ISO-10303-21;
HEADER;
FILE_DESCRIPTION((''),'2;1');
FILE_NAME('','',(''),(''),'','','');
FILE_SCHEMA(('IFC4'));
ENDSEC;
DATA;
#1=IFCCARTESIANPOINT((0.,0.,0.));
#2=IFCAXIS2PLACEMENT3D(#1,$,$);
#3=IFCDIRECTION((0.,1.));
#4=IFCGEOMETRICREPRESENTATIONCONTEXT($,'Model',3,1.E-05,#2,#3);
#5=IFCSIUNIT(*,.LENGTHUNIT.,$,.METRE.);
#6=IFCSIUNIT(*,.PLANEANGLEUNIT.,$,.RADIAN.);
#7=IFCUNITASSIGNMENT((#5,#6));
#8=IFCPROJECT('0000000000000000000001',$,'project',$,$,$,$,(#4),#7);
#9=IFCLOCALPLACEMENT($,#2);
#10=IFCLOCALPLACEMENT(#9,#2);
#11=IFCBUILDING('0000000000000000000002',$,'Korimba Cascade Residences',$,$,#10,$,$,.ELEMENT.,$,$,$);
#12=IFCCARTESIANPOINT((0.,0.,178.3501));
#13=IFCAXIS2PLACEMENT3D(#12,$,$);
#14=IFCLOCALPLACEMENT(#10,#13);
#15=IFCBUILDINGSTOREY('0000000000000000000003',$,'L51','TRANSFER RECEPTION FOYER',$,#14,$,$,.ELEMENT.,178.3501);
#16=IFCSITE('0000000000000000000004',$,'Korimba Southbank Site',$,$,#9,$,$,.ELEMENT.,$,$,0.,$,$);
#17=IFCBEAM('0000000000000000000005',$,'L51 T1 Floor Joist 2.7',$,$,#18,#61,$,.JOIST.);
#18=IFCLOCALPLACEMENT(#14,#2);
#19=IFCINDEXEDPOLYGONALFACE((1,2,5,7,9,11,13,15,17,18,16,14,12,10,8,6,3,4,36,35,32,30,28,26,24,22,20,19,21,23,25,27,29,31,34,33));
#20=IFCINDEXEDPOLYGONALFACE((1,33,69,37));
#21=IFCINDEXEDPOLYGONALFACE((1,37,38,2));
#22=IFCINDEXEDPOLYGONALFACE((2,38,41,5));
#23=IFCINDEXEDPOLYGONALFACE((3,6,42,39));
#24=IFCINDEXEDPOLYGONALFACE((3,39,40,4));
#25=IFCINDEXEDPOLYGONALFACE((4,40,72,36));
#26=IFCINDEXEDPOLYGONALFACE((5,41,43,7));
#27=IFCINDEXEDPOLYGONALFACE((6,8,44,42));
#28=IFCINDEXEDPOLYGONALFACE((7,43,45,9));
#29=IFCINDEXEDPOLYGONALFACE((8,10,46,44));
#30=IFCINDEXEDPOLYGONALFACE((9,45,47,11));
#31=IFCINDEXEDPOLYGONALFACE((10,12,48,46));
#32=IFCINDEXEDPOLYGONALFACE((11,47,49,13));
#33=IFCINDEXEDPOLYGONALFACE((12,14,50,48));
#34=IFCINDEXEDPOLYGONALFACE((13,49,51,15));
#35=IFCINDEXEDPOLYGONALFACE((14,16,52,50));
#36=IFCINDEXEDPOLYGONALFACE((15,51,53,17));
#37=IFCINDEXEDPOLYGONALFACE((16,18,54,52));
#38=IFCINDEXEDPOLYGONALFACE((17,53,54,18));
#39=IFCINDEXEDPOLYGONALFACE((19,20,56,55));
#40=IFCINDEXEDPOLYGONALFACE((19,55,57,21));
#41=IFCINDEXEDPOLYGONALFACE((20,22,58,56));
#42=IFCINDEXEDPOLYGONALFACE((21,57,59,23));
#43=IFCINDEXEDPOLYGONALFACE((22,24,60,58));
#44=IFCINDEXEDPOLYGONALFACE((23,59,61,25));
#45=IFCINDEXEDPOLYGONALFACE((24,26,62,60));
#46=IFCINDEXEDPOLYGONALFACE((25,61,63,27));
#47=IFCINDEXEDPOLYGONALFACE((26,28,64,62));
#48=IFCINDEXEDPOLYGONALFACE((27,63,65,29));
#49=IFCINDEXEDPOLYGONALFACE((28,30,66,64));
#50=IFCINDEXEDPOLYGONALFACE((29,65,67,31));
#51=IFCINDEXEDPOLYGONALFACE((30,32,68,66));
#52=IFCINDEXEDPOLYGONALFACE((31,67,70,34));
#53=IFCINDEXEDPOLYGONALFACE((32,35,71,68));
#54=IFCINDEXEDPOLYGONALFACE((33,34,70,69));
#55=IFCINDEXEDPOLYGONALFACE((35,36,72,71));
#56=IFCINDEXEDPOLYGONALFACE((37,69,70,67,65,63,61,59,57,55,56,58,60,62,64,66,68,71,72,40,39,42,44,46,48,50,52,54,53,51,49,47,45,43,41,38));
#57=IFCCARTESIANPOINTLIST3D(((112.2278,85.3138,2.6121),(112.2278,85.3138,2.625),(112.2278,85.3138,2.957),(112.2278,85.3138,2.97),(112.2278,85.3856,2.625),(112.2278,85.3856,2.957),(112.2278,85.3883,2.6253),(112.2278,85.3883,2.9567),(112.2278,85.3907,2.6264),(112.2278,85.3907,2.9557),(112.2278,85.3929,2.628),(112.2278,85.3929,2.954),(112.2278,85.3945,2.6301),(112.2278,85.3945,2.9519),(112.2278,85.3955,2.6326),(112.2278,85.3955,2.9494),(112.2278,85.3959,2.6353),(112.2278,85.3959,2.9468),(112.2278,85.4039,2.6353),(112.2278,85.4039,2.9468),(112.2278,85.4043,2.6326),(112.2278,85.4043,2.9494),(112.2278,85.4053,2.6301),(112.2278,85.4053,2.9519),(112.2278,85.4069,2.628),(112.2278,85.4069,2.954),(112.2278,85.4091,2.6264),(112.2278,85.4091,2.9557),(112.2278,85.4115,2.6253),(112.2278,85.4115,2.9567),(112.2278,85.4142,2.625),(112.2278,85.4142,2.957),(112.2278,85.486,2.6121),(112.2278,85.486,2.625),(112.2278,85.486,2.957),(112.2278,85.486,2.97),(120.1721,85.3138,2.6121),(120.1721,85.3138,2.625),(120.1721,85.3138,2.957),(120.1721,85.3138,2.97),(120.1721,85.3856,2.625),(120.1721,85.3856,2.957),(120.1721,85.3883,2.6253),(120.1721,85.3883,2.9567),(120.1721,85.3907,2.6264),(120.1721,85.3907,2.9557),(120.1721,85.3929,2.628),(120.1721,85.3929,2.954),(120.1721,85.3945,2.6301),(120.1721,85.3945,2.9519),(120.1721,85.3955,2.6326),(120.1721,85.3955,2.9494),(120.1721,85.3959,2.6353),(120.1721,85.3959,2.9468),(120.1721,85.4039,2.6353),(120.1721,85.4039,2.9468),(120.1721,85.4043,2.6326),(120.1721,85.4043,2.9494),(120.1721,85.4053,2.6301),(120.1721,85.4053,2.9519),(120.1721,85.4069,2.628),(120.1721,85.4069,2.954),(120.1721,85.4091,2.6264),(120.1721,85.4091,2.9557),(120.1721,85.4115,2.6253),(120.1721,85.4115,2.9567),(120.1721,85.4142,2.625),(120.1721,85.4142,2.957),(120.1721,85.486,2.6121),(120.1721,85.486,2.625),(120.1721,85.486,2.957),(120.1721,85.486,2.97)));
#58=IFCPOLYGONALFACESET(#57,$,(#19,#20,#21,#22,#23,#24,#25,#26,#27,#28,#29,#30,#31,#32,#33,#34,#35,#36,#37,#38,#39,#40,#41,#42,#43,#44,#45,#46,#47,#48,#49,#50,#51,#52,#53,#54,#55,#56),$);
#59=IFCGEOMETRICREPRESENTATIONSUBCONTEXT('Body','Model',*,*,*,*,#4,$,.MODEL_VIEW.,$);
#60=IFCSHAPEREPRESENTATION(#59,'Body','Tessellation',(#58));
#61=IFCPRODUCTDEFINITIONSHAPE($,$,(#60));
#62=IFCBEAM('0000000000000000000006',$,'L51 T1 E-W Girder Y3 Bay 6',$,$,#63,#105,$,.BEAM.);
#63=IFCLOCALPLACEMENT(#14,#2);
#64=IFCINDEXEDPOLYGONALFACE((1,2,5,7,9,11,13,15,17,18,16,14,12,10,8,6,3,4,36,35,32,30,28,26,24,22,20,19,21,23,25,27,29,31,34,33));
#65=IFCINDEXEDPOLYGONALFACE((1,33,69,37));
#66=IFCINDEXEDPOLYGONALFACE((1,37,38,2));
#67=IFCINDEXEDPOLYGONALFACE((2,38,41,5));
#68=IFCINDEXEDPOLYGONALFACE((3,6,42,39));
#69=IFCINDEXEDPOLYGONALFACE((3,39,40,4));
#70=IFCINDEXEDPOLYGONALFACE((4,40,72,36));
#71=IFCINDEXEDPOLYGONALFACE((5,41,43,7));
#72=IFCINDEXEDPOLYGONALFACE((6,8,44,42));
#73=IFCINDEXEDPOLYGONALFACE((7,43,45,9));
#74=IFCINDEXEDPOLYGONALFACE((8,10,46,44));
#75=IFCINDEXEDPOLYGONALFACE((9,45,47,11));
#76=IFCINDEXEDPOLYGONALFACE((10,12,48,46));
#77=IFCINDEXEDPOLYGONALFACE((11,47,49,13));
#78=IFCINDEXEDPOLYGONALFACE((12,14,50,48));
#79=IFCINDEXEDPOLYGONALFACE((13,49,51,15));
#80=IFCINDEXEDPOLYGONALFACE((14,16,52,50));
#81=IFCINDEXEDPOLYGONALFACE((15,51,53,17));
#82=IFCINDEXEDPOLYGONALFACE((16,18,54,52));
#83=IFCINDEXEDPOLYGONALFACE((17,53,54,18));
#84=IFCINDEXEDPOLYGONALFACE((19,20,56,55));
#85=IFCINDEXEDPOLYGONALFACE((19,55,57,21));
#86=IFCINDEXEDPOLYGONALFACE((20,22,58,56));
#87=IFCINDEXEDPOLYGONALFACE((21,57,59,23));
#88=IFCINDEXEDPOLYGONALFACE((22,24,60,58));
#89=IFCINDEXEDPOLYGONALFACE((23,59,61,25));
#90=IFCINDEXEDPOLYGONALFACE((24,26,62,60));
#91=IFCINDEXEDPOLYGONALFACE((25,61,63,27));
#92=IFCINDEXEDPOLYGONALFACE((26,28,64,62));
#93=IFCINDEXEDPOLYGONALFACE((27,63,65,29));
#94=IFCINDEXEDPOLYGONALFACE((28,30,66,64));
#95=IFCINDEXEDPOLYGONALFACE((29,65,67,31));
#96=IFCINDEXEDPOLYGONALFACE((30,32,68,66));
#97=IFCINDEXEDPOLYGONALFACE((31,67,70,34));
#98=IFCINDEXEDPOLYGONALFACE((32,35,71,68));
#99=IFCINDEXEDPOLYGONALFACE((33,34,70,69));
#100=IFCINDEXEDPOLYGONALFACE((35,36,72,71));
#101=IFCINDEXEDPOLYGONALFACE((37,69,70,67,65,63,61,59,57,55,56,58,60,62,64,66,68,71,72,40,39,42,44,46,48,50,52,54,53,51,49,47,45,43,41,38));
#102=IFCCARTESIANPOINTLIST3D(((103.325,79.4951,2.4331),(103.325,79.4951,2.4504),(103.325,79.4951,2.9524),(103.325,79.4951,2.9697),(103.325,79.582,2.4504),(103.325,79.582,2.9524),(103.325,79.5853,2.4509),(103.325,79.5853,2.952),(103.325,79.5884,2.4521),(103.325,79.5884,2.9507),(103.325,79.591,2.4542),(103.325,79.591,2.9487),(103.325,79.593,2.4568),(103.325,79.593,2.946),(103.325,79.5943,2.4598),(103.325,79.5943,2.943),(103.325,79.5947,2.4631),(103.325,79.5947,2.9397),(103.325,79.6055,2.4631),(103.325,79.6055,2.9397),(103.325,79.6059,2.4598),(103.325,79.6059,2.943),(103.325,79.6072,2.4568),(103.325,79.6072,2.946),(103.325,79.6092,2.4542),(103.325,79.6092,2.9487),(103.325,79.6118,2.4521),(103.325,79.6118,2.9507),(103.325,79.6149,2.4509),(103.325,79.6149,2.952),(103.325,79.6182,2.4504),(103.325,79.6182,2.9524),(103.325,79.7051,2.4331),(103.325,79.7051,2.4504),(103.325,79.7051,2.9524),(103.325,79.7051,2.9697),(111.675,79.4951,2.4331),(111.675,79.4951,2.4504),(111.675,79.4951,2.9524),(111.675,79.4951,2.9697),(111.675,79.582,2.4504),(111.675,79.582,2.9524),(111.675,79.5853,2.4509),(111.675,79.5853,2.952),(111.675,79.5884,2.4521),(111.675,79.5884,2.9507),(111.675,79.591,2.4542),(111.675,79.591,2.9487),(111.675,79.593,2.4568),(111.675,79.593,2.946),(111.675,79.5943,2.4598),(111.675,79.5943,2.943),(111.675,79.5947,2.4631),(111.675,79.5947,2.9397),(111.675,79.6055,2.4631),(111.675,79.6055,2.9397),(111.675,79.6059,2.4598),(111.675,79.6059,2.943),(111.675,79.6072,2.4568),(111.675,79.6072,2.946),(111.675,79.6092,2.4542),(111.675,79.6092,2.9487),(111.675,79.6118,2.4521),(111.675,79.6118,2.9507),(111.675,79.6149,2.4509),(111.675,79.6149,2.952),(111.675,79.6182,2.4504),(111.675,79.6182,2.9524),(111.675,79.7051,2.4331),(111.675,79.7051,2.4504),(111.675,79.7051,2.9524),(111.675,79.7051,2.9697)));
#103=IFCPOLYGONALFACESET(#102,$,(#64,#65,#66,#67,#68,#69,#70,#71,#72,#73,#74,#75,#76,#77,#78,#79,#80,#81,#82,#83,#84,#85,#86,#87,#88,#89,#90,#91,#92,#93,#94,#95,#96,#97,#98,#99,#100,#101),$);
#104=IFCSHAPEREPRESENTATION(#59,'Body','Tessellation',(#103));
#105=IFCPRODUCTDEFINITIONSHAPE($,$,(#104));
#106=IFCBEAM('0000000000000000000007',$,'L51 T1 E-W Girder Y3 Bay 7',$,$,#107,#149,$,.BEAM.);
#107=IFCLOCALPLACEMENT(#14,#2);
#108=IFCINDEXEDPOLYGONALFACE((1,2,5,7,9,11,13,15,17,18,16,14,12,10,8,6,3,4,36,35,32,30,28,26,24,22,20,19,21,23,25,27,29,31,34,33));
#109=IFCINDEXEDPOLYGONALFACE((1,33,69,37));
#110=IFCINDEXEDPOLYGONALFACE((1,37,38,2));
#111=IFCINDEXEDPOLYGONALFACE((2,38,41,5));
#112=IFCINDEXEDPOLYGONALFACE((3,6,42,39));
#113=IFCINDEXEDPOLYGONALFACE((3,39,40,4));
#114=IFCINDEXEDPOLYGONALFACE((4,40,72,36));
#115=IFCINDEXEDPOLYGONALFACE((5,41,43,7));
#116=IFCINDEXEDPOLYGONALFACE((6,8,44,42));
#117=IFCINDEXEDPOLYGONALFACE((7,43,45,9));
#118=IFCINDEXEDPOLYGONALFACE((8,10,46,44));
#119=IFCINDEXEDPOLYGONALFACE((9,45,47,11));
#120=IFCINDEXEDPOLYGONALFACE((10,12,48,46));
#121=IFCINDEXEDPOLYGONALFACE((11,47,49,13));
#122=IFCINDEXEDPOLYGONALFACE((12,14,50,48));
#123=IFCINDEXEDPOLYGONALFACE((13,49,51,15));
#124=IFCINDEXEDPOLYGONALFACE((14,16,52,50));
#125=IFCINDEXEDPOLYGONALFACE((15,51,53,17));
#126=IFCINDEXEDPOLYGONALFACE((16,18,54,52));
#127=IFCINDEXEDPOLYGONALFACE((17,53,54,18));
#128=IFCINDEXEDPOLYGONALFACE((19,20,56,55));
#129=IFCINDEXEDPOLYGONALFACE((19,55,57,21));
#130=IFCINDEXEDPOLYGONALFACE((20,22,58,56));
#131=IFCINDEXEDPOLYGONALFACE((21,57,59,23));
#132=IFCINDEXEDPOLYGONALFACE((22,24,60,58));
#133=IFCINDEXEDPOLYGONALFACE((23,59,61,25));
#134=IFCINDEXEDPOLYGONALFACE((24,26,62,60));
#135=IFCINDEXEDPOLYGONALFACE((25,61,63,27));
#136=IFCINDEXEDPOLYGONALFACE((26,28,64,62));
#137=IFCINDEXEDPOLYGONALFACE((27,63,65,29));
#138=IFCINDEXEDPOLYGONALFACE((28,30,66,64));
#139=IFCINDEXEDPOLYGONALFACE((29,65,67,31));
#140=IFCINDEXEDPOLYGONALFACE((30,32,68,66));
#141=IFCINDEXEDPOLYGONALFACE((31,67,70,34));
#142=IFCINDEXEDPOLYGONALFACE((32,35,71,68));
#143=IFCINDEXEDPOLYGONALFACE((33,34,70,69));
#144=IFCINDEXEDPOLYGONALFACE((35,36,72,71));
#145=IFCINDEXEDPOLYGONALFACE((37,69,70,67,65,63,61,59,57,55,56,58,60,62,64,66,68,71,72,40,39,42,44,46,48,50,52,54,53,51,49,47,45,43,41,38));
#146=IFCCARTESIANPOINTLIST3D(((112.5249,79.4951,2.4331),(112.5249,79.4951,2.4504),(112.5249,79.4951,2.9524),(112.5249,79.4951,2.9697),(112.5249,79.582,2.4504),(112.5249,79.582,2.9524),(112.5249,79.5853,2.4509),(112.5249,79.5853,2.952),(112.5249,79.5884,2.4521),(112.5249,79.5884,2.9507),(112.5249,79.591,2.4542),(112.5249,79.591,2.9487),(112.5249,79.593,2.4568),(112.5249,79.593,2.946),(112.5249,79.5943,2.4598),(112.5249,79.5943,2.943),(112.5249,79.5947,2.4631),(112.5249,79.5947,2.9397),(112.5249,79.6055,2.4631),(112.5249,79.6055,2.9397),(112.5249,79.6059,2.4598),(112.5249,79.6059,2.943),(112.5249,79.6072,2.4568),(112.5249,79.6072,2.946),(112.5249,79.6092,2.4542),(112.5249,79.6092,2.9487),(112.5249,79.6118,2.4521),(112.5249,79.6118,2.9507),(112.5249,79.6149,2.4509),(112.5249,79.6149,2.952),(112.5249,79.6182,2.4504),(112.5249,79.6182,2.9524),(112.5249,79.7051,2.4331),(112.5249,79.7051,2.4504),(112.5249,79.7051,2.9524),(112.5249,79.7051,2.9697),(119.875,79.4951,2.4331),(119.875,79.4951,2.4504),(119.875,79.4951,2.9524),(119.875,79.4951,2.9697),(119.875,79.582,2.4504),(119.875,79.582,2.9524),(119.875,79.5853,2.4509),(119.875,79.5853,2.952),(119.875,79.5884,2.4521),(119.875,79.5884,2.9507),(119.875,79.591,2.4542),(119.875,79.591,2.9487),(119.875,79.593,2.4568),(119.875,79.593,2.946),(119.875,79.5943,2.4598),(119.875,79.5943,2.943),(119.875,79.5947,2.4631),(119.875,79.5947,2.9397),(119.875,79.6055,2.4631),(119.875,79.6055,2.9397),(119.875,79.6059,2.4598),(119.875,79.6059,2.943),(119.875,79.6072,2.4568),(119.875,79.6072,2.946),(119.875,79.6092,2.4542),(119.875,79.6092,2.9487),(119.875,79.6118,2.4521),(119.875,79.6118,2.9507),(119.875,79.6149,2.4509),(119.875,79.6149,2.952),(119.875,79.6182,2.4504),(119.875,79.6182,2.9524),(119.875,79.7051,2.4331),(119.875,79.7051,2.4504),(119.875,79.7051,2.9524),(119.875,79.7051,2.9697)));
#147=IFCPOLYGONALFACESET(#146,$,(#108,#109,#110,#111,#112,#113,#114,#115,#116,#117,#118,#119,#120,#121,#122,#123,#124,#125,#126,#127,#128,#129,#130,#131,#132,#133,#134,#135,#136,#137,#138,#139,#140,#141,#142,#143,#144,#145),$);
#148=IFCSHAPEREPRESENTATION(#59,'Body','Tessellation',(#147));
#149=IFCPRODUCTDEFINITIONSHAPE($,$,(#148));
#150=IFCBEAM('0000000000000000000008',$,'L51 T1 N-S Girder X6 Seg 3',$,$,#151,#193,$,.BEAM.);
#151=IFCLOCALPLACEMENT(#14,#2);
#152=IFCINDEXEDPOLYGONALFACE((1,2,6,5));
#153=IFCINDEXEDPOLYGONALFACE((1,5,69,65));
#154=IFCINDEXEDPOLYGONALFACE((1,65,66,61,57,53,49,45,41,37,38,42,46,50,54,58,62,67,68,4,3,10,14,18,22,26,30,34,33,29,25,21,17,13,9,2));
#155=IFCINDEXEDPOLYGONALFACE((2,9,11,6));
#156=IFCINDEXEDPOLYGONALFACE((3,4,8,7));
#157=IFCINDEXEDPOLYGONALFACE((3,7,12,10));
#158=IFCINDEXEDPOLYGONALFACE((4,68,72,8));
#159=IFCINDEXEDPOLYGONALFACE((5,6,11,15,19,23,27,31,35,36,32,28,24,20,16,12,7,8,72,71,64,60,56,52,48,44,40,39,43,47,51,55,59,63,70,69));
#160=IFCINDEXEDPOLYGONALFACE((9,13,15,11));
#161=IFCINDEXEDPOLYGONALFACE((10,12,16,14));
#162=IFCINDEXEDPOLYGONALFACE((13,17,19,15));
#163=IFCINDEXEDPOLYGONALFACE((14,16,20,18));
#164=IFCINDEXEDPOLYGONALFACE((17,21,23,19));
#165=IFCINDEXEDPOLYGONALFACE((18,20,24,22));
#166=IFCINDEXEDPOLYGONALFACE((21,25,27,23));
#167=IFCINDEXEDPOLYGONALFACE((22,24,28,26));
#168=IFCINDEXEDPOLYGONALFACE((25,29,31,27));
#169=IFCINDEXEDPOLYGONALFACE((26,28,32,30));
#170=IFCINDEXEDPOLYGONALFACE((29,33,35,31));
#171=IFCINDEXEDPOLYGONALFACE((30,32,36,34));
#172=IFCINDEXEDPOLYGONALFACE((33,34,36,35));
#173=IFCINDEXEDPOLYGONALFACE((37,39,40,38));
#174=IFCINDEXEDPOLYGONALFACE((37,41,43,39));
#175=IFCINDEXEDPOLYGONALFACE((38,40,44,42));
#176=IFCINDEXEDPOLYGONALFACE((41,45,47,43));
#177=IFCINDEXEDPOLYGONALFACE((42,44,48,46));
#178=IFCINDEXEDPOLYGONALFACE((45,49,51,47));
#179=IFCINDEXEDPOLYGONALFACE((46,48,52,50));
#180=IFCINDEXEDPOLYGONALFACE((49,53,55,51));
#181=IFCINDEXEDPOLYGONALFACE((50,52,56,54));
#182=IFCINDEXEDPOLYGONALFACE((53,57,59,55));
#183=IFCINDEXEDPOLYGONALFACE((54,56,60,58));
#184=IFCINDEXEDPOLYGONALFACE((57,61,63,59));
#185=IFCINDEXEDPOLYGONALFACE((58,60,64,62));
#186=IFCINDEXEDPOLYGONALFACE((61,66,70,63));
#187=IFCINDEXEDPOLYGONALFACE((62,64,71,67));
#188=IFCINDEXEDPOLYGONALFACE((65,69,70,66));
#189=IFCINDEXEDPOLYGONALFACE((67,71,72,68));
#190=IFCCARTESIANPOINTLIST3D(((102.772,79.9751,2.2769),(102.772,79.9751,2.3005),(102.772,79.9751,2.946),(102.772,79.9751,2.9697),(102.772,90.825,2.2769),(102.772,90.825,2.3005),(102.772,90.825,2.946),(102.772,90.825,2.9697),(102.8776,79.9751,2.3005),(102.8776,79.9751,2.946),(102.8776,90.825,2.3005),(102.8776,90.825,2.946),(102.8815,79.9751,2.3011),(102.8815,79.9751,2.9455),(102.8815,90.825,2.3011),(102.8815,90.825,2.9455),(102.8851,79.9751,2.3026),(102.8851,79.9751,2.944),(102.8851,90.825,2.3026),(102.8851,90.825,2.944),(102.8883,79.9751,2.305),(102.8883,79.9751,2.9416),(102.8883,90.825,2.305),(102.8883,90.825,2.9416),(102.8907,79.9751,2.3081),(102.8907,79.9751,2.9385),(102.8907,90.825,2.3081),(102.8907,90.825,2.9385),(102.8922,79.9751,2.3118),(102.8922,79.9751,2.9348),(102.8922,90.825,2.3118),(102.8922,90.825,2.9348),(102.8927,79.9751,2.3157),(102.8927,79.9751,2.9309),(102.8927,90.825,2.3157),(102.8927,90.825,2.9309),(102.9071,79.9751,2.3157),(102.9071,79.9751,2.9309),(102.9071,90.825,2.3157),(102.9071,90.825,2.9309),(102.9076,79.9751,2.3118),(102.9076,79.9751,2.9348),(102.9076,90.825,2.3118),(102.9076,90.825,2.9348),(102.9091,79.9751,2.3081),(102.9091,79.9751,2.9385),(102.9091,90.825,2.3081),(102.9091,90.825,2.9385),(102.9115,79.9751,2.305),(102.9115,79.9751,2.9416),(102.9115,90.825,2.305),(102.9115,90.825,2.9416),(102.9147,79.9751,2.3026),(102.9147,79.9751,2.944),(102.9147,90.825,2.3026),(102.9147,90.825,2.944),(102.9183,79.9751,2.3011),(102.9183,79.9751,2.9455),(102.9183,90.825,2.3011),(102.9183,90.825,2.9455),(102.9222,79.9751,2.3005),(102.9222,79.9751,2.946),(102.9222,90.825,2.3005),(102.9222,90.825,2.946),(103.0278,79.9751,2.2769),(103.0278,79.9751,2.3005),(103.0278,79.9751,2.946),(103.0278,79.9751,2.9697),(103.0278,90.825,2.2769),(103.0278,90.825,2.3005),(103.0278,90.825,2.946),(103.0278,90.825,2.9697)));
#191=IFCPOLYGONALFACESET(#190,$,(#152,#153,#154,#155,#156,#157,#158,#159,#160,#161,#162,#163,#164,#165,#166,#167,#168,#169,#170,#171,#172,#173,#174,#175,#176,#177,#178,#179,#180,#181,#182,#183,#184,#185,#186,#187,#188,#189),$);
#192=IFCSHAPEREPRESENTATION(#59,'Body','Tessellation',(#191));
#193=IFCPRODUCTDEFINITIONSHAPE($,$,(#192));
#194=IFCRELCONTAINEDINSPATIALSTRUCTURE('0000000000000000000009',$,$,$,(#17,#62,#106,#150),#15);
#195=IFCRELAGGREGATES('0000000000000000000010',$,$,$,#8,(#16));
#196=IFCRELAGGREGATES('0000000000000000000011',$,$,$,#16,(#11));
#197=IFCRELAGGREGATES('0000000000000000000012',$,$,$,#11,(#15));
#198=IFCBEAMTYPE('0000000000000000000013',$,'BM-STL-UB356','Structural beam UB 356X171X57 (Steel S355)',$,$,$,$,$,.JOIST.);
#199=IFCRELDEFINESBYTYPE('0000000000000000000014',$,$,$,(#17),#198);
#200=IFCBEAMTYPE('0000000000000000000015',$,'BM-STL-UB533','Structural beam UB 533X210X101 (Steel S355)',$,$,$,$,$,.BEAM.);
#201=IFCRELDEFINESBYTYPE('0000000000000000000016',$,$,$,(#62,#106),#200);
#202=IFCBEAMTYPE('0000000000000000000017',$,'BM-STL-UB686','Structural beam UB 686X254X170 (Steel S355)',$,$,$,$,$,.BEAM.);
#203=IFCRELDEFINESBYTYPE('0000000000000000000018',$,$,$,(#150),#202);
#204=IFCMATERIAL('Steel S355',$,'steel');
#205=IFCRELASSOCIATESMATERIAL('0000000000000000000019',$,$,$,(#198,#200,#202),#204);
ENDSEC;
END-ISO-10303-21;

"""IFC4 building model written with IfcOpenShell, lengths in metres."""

from ifc_helpers import new_model, si_unit, direction, frame, origin, origin_2d, place, context, subcontext, project, spatial, i_section, extrude, material, material_profile, profile_set, type_object, element, save


model = new_model("IFC4")

# Units and contexts
model_context = context("Model", 3, precision=1e-05, world=origin(), true_north=direction((0.0, 1.0)))
body_context = subcontext(model_context, "Body", "Model", "MODEL_VIEW")
ifc_project = project(units=[si_unit("LENGTHUNIT", "METRE"), si_unit("PLANEANGLEUNIT", "RADIAN")], contexts=[model_context])

# Site, building, storey
site_placement = place(None, origin())
site = spatial("IfcSite", under=ifc_project, at=site_placement, Name="Korimba Southbank Site", CompositionType="ELEMENT", RefElevation=0.0)
building_placement = place(site_placement, origin())
building = spatial("IfcBuilding", under=site, at=building_placement, Name="Korimba Cascade Residences", CompositionType="ELEMENT")
storey_placement = place(building_placement, frame((0.0, 0.0, 178.3501)))
storey = spatial("IfcBuildingStorey", under=building, at=storey_placement, Name="L51", Description="TRANSFER RECEPTION FOYER", CompositionType="ELEMENT", Elevation=178.3501)

# Beams
ifc_material_1 = material(Name="Steel S355", Category="steel")
ifc_material_profile_1 = material_profile(ifc_material_1, i_section(OverallWidth=0.1721, OverallDepth=0.3579, WebThickness=0.0081, FlangeThickness=0.0129, FilletRadius=0.0103, at=origin_2d()), Name="Steel S355")
ifc_profile_set_1 = profile_set([ifc_material_profile_1], Name="Steel S355")
beam_type_1 = type_object("IfcBeamType", Name="BM-STL-UB356", Description="Structural beam UB 356X171X57 (Steel S355)", PredefinedType="JOIST", material=ifc_profile_set_1)
beam_1_placement = place(storey_placement, frame((112.2278, 85.3999, 2.791), z_axis=(1.0, 0.0, 0.0), x_axis=(0.0, 1.0, 0.0)))
element("IfcBeam", 1, at=beam_1_placement, inside=storey, type_object=beam_type_1, Name="L51 T1 Floor Joist 2.7", PredefinedType="JOIST", context=body_context, shape_type="SweptSolid", body=[
    extrude(i_section(OverallWidth=0.1721, OverallDepth=0.3579, WebThickness=0.0081, FlangeThickness=0.0129, FilletRadius=0.0103, at=origin_2d()), origin(), (0.0, 0.0, 1.0), 7.9443),
])
ifc_material_profile_2 = material_profile(ifc_material_1, i_section(OverallWidth=0.21, OverallDepth=0.5366, WebThickness=0.0107, FlangeThickness=0.0173, FilletRadius=0.0127, at=origin_2d()), Name="Steel S355")
ifc_profile_set_2 = profile_set([ifc_material_profile_2], Name="Steel S355")
beam_type_2 = type_object("IfcBeamType", Name="BM-STL-UB533", Description="Structural beam UB 533X210X101 (Steel S355)", PredefinedType="BEAM", material=ifc_profile_set_2)
beam_2_placement = place(storey_placement, frame((103.325, 79.6001, 2.7014), z_axis=(1.0, 0.0, 0.0), x_axis=(0.0, 1.0, 0.0)))
element("IfcBeam", 2, at=beam_2_placement, inside=storey, type_object=beam_type_2, Name="L51 T1 E-W Girder Y3 Bay 6", PredefinedType="BEAM", context=body_context, shape_type="SweptSolid", body=[
    extrude(i_section(OverallWidth=0.21, OverallDepth=0.5366, WebThickness=0.0107, FlangeThickness=0.0173, FilletRadius=0.0127, at=origin_2d()), origin(), (0.0, 0.0, 1.0), 8.3501),
])
beam_3_placement = place(storey_placement, frame((112.5249, 79.6001, 2.7014), z_axis=(1.0, 0.0, 0.0), x_axis=(0.0, 1.0, 0.0)))
element("IfcBeam", 3, at=beam_3_placement, inside=storey, type_object=beam_type_2, Name="L51 T1 E-W Girder Y3 Bay 7", PredefinedType="BEAM", context=body_context, shape_type="SweptSolid", body=[
    extrude(i_section(OverallWidth=0.21, OverallDepth=0.5366, WebThickness=0.0107, FlangeThickness=0.0173, FilletRadius=0.0127, at=origin_2d()), origin(), (0.0, 0.0, 1.0), 7.3501),
])
ifc_material_profile_3 = material_profile(ifc_material_1, i_section(OverallWidth=0.2559, OverallDepth=0.6929, WebThickness=0.0144, FlangeThickness=0.0237, FilletRadius=0.0151, at=origin_2d()), Name="Steel S355")
ifc_profile_set_3 = profile_set([ifc_material_profile_3], Name="Steel S355")
beam_type_3 = type_object("IfcBeamType", Name="BM-STL-UB686", Description="Structural beam UB 686X254X170 (Steel S355)", PredefinedType="BEAM", material=ifc_profile_set_3)
for number, where, z_axis, x_axis, name in (
    (4, (102.8999, 79.9751, 2.6233), (0.0, 1.0, 0.0), (-1.0, 0.0, 0.0), "L51 T1 N-S Girder X6 Seg 3"),
):
    element("IfcBeam", number, at=place(storey_placement, frame(where, z_axis=z_axis, x_axis=x_axis)), inside=storey, type_object=beam_type_3, Name=name, PredefinedType="BEAM", context=body_context, shape_type="SweptSolid", body=[
        extrude(i_section(OverallWidth=0.2559, OverallDepth=0.6929, WebThickness=0.0144, FlangeThickness=0.0237, FilletRadius=0.0151, at=origin_2d()), origin(), (0.0, 0.0, 1.0), 10.8499),
    ])

save(model, "model.ifc")
